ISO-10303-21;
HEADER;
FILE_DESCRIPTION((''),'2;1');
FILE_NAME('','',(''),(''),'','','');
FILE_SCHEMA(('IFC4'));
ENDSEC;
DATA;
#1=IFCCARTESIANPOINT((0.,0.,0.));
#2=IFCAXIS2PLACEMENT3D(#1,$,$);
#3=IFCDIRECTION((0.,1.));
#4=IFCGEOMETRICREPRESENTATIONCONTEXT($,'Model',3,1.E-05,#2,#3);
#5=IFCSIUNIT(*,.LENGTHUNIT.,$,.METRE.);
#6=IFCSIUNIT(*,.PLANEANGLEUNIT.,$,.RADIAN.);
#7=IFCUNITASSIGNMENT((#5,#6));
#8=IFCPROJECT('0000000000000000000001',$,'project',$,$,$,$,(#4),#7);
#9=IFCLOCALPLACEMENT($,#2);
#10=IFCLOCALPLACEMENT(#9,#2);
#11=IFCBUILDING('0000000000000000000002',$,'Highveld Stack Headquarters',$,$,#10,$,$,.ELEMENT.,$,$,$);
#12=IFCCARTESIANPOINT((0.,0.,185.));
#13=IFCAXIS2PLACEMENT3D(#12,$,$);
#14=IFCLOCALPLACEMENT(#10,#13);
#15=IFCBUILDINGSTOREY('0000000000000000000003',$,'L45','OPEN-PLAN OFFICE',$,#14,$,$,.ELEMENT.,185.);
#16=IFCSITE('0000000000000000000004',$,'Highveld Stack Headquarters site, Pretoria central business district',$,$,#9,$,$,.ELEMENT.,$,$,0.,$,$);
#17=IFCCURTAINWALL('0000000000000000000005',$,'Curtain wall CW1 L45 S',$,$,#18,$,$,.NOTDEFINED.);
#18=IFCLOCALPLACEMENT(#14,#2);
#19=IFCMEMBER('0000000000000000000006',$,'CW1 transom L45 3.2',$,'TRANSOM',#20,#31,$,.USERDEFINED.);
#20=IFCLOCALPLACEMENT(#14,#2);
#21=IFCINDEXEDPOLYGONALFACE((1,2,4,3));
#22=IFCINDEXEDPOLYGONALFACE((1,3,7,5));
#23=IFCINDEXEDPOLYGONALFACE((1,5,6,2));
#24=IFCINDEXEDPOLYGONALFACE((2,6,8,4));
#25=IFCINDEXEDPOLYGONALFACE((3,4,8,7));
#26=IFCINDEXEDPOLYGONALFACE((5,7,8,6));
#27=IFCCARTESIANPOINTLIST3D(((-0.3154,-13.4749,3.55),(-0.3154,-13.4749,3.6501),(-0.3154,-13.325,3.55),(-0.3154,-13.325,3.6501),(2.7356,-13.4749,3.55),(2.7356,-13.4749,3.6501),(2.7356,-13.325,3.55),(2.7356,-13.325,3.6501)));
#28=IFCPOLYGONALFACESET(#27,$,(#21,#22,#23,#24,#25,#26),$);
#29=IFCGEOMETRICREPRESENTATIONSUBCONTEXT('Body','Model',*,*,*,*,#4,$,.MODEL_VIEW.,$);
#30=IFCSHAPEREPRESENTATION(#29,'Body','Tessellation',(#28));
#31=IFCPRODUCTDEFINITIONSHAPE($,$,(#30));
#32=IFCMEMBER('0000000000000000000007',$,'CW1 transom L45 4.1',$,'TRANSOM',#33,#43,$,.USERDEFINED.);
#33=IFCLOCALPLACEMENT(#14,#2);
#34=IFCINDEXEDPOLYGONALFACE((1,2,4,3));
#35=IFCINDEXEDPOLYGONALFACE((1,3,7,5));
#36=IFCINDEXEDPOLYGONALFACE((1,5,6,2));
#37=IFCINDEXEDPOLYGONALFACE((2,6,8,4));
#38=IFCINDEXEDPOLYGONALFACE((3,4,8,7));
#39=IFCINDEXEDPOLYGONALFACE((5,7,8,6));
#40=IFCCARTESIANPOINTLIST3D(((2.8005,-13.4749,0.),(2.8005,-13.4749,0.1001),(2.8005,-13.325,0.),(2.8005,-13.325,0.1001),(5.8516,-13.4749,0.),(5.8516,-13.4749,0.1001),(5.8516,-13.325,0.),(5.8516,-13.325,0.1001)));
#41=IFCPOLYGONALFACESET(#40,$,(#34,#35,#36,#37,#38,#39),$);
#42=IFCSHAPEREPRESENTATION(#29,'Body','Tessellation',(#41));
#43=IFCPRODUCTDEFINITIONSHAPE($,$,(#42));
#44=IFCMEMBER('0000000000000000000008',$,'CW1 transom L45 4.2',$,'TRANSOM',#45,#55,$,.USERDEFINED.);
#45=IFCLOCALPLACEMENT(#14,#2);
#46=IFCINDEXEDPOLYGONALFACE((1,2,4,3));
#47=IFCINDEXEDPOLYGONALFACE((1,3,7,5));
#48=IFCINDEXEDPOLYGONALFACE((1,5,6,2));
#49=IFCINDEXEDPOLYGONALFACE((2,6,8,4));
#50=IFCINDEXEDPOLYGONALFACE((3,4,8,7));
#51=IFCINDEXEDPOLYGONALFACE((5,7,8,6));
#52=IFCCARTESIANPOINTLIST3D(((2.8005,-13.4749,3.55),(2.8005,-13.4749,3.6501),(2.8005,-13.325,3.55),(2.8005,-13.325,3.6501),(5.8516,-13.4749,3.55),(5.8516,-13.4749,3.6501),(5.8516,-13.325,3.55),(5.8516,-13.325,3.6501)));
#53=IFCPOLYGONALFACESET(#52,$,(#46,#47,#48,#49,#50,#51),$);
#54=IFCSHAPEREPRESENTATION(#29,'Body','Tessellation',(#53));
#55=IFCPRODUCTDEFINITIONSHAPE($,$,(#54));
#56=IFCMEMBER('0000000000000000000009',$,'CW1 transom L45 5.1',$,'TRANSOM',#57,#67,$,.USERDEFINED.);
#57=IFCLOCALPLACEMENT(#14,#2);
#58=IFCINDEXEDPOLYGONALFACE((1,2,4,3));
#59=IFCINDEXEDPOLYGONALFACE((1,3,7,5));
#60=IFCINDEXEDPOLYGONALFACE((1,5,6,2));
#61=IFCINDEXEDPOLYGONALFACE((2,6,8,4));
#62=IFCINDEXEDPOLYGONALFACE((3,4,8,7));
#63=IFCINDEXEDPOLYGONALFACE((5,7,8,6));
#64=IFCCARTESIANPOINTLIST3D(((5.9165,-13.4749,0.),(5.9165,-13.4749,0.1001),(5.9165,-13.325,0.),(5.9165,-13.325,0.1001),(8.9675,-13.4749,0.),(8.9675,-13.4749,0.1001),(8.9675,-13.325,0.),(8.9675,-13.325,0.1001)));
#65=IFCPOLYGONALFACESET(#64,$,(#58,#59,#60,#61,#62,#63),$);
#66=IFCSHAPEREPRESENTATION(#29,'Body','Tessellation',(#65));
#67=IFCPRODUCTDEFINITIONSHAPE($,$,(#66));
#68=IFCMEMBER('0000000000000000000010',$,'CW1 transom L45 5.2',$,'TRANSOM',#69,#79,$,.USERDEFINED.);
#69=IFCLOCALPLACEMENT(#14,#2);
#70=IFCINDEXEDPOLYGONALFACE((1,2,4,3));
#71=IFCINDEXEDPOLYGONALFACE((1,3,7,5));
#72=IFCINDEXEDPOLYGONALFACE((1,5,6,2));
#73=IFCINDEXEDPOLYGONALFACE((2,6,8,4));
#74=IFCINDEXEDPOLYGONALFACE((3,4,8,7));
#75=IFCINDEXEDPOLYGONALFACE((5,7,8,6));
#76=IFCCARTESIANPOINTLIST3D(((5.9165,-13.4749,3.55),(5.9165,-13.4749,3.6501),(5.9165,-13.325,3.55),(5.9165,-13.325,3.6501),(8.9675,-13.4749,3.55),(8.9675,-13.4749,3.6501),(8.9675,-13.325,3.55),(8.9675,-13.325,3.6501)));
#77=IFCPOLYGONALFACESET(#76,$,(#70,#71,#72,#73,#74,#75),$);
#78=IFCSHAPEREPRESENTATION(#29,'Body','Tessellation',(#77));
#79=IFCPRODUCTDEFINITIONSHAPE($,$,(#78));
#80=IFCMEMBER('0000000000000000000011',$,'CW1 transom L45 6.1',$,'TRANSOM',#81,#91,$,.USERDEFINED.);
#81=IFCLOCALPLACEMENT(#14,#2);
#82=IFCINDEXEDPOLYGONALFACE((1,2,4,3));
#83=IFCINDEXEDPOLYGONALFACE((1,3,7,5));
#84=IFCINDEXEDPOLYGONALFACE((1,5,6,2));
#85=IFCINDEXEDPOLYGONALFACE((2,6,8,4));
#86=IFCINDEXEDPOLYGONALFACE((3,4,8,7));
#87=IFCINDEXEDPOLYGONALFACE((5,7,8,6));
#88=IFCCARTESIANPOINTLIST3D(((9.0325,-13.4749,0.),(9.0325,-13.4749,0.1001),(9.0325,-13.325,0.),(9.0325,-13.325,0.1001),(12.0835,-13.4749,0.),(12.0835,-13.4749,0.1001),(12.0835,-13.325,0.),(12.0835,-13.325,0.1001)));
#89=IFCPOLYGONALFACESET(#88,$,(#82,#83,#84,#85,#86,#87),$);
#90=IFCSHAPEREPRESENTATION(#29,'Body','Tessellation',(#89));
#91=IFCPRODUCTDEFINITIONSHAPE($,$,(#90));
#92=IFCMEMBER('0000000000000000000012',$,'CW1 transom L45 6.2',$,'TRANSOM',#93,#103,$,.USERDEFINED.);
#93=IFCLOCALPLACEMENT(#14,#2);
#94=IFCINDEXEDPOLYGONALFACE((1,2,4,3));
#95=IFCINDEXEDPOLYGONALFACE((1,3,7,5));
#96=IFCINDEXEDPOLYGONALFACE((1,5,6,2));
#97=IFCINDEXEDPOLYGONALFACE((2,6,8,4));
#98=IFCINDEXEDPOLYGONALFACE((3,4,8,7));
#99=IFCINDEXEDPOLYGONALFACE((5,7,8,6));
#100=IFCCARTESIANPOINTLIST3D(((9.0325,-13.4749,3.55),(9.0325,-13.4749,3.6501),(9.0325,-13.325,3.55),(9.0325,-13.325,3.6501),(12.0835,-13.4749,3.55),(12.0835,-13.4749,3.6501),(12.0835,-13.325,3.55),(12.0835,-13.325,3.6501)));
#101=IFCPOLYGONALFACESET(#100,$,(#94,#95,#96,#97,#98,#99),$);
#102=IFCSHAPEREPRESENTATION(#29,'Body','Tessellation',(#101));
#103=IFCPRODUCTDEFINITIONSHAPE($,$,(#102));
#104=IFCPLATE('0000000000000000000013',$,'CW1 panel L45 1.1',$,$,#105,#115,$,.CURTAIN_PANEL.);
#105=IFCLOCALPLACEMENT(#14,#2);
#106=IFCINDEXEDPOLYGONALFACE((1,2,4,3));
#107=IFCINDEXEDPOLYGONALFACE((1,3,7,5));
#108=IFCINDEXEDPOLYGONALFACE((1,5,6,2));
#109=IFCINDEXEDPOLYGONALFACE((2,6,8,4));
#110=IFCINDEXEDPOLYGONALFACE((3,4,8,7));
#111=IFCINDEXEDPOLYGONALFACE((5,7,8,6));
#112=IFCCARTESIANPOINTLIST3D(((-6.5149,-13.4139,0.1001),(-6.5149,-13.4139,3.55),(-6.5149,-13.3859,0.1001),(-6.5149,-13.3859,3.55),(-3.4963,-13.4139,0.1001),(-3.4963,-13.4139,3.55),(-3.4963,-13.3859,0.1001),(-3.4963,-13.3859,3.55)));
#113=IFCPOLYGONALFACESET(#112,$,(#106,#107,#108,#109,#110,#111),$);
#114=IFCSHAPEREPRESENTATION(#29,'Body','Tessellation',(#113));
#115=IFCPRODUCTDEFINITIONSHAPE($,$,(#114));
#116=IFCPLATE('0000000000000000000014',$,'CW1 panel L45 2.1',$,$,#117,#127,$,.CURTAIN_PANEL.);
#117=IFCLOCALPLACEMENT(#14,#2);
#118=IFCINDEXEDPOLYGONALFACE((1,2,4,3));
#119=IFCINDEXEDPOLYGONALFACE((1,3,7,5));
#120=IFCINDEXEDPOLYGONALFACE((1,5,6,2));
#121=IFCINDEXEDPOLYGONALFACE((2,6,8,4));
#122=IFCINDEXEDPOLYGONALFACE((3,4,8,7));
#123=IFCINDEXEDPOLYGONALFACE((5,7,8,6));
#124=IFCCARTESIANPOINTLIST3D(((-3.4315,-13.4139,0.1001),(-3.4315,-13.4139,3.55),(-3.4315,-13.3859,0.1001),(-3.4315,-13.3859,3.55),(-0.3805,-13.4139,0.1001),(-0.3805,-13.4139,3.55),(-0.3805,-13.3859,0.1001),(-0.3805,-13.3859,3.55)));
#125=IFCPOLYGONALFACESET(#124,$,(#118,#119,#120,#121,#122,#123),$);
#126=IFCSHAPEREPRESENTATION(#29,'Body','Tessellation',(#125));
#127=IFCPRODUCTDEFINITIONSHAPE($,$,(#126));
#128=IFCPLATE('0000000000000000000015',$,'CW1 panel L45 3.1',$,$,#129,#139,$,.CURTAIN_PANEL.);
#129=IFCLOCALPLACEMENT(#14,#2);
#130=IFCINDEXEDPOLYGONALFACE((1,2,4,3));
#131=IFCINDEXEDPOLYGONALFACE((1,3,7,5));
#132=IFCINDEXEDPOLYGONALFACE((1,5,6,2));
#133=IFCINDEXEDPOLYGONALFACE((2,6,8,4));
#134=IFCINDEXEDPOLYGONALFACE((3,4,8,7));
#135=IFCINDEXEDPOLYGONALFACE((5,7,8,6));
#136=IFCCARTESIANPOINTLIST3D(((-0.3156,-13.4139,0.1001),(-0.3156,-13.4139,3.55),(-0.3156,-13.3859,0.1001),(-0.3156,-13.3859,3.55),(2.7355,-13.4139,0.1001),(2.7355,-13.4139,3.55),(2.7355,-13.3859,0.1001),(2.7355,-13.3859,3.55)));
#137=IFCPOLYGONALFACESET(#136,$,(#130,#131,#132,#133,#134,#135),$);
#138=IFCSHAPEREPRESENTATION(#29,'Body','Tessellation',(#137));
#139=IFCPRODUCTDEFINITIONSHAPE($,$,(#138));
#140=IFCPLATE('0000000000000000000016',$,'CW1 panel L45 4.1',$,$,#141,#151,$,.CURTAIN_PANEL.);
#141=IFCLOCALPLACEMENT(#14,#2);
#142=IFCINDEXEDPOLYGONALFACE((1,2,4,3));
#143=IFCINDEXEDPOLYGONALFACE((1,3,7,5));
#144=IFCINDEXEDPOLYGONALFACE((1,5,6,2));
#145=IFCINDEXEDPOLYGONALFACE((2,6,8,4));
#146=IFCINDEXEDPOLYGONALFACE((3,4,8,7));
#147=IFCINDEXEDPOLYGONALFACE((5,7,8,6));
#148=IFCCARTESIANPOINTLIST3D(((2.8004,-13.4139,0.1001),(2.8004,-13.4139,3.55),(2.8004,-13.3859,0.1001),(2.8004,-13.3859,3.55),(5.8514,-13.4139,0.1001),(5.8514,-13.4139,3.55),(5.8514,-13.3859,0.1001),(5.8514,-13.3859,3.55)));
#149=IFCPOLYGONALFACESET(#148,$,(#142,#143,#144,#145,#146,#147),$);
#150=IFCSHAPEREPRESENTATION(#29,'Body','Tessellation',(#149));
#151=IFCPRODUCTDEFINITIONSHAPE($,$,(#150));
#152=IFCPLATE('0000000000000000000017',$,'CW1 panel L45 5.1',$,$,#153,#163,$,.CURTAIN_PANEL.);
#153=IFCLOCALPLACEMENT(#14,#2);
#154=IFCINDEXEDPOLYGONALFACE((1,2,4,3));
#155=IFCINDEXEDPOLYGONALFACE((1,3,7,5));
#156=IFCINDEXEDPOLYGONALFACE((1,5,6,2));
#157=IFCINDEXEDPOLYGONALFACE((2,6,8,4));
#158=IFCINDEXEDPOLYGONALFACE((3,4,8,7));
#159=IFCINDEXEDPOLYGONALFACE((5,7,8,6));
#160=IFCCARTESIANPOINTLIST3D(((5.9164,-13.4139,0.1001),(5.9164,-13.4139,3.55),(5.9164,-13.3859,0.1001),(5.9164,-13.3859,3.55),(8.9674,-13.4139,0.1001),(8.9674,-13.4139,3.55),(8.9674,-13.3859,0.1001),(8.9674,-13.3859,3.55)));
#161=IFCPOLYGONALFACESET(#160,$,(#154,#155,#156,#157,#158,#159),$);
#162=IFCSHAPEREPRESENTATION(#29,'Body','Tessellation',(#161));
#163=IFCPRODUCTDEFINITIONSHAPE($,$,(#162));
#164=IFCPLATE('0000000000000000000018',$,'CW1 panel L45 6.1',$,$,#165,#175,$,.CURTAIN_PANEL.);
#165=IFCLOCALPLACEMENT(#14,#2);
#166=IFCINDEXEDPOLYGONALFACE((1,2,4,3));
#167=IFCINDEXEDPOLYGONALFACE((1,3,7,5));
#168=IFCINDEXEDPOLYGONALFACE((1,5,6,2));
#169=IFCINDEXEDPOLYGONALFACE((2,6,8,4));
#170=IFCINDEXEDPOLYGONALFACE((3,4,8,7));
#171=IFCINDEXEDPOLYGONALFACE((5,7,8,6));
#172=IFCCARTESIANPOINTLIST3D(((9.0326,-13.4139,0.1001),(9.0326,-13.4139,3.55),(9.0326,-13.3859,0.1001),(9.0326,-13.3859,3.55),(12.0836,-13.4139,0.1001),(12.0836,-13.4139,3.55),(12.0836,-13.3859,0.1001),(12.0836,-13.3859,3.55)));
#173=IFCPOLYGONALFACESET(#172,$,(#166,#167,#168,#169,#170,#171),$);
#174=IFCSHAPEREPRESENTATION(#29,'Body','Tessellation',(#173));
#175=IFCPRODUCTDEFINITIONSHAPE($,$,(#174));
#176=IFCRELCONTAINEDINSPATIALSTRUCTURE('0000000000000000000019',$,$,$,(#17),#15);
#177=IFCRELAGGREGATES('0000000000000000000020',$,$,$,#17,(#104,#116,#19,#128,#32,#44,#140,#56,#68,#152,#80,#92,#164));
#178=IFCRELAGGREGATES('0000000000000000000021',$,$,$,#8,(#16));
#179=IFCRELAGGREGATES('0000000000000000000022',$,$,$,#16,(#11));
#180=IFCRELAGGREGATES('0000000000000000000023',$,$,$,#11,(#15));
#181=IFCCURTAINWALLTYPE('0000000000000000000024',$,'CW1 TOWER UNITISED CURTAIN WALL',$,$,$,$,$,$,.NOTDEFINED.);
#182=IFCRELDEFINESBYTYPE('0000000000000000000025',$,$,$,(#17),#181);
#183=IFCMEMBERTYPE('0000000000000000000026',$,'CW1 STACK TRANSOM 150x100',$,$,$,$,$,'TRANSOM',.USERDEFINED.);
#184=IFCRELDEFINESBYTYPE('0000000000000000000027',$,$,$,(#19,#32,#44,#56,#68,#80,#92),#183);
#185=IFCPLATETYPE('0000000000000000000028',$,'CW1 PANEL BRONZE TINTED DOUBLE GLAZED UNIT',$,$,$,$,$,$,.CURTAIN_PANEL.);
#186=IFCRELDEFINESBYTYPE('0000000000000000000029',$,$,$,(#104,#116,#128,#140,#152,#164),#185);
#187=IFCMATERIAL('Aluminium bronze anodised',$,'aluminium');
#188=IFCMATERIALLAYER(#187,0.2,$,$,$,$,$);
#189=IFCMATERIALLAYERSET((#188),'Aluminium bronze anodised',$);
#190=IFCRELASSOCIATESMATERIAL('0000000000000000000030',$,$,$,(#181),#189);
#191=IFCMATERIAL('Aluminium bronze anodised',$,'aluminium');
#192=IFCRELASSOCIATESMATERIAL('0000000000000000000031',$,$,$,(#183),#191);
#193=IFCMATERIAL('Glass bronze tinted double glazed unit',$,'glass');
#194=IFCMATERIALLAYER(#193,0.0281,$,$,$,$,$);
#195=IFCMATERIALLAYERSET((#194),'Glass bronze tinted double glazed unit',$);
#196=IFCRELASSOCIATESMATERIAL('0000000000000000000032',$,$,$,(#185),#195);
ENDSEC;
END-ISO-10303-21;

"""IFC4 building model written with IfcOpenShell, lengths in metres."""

from ifc_helpers import new_model, si_unit, direction, frame, origin, origin_2d, place, context, subcontext, project, spatial, rectangle, extrude, material, layer, layer_set, material_profile, profile_set, type_object, element, aggregate, save


model = new_model("IFC4")

# Units and contexts
model_context = context("Model", 3, precision=1e-05, world=origin(), true_north=direction((0.0, 1.0)))
body_context = subcontext(model_context, "Body", "Model", "MODEL_VIEW")
ifc_project = project(units=[si_unit("LENGTHUNIT", "METRE"), si_unit("PLANEANGLEUNIT", "RADIAN")], contexts=[model_context])

# Site, building, storey
site_placement = place(None, origin())
site = spatial("IfcSite", under=ifc_project, at=site_placement, Name="Highveld Stack Headquarters site, Pretoria central business district", CompositionType="ELEMENT", RefElevation=0.0)
building_placement = place(site_placement, origin())
building = spatial("IfcBuilding", under=site, at=building_placement, Name="Highveld Stack Headquarters", CompositionType="ELEMENT")
storey_placement = place(building_placement, frame((0.0, 0.0, 185.0)))
storey = spatial("IfcBuildingStorey", under=building, at=storey_placement, Name="L45", Description="OPEN-PLAN OFFICE", CompositionType="ELEMENT", Elevation=185.0)

# Curtain wall, members, plates
ifc_material_1 = material(Name="Aluminium bronze anodised", Category="aluminium")
ifc_layer_1 = layer(ifc_material_1, 0.2)
ifc_layer_set_1 = layer_set([ifc_layer_1], Name="Aluminium bronze anodised")
curtain_wall_type = type_object("IfcCurtainWallType", Name="CW1 TOWER UNITISED CURTAIN WALL", PredefinedType="NOTDEFINED", material=ifc_layer_set_1)
curtain_wall_placement = place(storey_placement, origin())
curtain_wall = element("IfcCurtainWall", 1, at=curtain_wall_placement, inside=storey, type_object=curtain_wall_type, Name="Curtain wall CW1 L45 S", PredefinedType="NOTDEFINED")
ifc_material_2 = material(Name="Aluminium bronze anodised", Category="aluminium")
ifc_material_profile_1 = material_profile(ifc_material_2, rectangle(XDim=0.1499, YDim=0.1001, at=origin_2d()), Name="CW1 TRANSOM 150x100")
ifc_profile_set_1 = profile_set([ifc_material_profile_1], Name="Aluminium bronze anodised")
member_type_1 = type_object("IfcMemberType", Name="CW1 STACK TRANSOM 150x100", ElementType="TRANSOM", PredefinedType="USERDEFINED", material=ifc_profile_set_1)
member_1_placement = place(storey_placement, frame((-0.3154, -13.3999, 3.6001), z_axis=(1.0, 0.0, 0.0), x_axis=(0.0, 1.0, 0.0)))
member_1 = element("IfcMember", 2, at=member_1_placement, type_object=member_type_1, Name="CW1 transom L45 3.2", ObjectType="TRANSOM", PredefinedType="USERDEFINED", context=body_context, shape_type="SweptSolid", body=[
    extrude(rectangle(XDim=0.1499, YDim=0.1001, at=origin_2d()), origin(), (0.0, 0.0, 1.0), 3.051),
])
member_2_placement = place(storey_placement, frame((2.8005, -13.3999, 0.05), z_axis=(1.0, 0.0, 0.0), x_axis=(0.0, 1.0, 0.0)))
member_2 = element("IfcMember", 3, at=member_2_placement, type_object=member_type_1, Name="CW1 transom L45 4.1", ObjectType="TRANSOM", PredefinedType="USERDEFINED", context=body_context, shape_type="SweptSolid", body=[
    extrude(rectangle(XDim=0.1499, YDim=0.1001, at=origin_2d()), origin(), (0.0, 0.0, 1.0), 3.051),
])
member_3_placement = place(storey_placement, frame((2.8005, -13.3999, 3.6001), z_axis=(1.0, 0.0, 0.0), x_axis=(0.0, 1.0, 0.0)))
member_3 = element("IfcMember", 4, at=member_3_placement, type_object=member_type_1, Name="CW1 transom L45 4.2", ObjectType="TRANSOM", PredefinedType="USERDEFINED", context=body_context, shape_type="SweptSolid", body=[
    extrude(rectangle(XDim=0.1499, YDim=0.1001, at=origin_2d()), origin(), (0.0, 0.0, 1.0), 3.051),
])
member_4_placement = place(storey_placement, frame((5.9165, -13.3999, 0.05), z_axis=(1.0, 0.0, 0.0), x_axis=(0.0, 1.0, 0.0)))
member_4 = element("IfcMember", 5, at=member_4_placement, type_object=member_type_1, Name="CW1 transom L45 5.1", ObjectType="TRANSOM", PredefinedType="USERDEFINED", context=body_context, shape_type="SweptSolid", body=[
    extrude(rectangle(XDim=0.1499, YDim=0.1001, at=origin_2d()), origin(), (0.0, 0.0, 1.0), 3.051),
])
member_5_placement = place(storey_placement, frame((5.9165, -13.3999, 3.6001), z_axis=(1.0, 0.0, 0.0), x_axis=(0.0, 1.0, 0.0)))
member_5 = element("IfcMember", 6, at=member_5_placement, type_object=member_type_1, Name="CW1 transom L45 5.2", ObjectType="TRANSOM", PredefinedType="USERDEFINED", context=body_context, shape_type="SweptSolid", body=[
    extrude(rectangle(XDim=0.1499, YDim=0.1001, at=origin_2d()), origin(), (0.0, 0.0, 1.0), 3.051),
])
member_6_placement = place(storey_placement, frame((9.0325, -13.3999, 0.05), z_axis=(1.0, 0.0, 0.0), x_axis=(0.0, 1.0, 0.0)))
member_6 = element("IfcMember", 7, at=member_6_placement, type_object=member_type_1, Name="CW1 transom L45 6.1", ObjectType="TRANSOM", PredefinedType="USERDEFINED", context=body_context, shape_type="SweptSolid", body=[
    extrude(rectangle(XDim=0.1499, YDim=0.1001, at=origin_2d()), origin(), (0.0, 0.0, 1.0), 3.051),
])
member_7_placement = place(storey_placement, frame((9.0325, -13.3999, 3.6001), z_axis=(1.0, 0.0, 0.0), x_axis=(0.0, 1.0, 0.0)))
member_7 = element("IfcMember", 8, at=member_7_placement, type_object=member_type_1, Name="CW1 transom L45 6.2", ObjectType="TRANSOM", PredefinedType="USERDEFINED", context=body_context, shape_type="SweptSolid", body=[
    extrude(rectangle(XDim=0.1499, YDim=0.1001, at=origin_2d()), origin(), (0.0, 0.0, 1.0), 3.051),
])
ifc_material_3 = material(Name="Glass bronze tinted double glazed unit", Category="glass")
ifc_layer_2 = layer(ifc_material_3, 0.0281)
ifc_layer_set_2 = layer_set([ifc_layer_2], Name="Glass bronze tinted double glazed unit")
plate_type = type_object("IfcPlateType", Name="CW1 PANEL BRONZE TINTED DOUBLE GLAZED UNIT", PredefinedType="CURTAIN_PANEL", material=ifc_layer_set_2)
plate_1_placement = place(storey_placement, frame((-5.0056, -13.3999, 0.1001), z_axis=(0.0, 0.0, 1.0), x_axis=(1.0, 0.0, 0.0)))
plate_1 = element("IfcPlate", 9, at=plate_1_placement, type_object=plate_type, Name="CW1 panel L45 1.1", PredefinedType="CURTAIN_PANEL", context=body_context, shape_type="SweptSolid", body=[
    extrude(rectangle(XDim=3.0186, YDim=0.0281, at=origin_2d()), origin(), (0.0, 0.0, 1.0), 3.45),
])
plate_2_placement = place(storey_placement, frame((-1.906, -13.3999, 0.1001), z_axis=(0.0, 0.0, 1.0), x_axis=(1.0, 0.0, 0.0)))
plate_2 = element("IfcPlate", 10, at=plate_2_placement, type_object=plate_type, Name="CW1 panel L45 2.1", PredefinedType="CURTAIN_PANEL", context=body_context, shape_type="SweptSolid", body=[
    extrude(rectangle(XDim=3.051, YDim=0.0281, at=origin_2d()), origin(), (0.0, 0.0, 1.0), 3.45),
])
plate_3_placement = place(storey_placement, frame((1.21, -13.3999, 0.1001), z_axis=(0.0, 0.0, 1.0), x_axis=(1.0, 0.0, 0.0)))
plate_3 = element("IfcPlate", 11, at=plate_3_placement, type_object=plate_type, Name="CW1 panel L45 3.1", PredefinedType="CURTAIN_PANEL", context=body_context, shape_type="SweptSolid", body=[
    extrude(rectangle(XDim=3.051, YDim=0.0281, at=origin_2d()), origin(), (0.0, 0.0, 1.0), 3.45),
])
plate_4_placement = place(storey_placement, frame((4.3259, -13.3999, 0.1001), z_axis=(0.0, 0.0, 1.0), x_axis=(1.0, 0.0, 0.0)))
plate_4 = element("IfcPlate", 12, at=plate_4_placement, type_object=plate_type, Name="CW1 panel L45 4.1", PredefinedType="CURTAIN_PANEL", context=body_context, shape_type="SweptSolid", body=[
    extrude(rectangle(XDim=3.051, YDim=0.0281, at=origin_2d()), origin(), (0.0, 0.0, 1.0), 3.45),
])
plate_5_placement = place(storey_placement, frame((7.4419, -13.3999, 0.1001), z_axis=(0.0, 0.0, 1.0), x_axis=(1.0, 0.0, 0.0)))
plate_5 = element("IfcPlate", 13, at=plate_5_placement, type_object=plate_type, Name="CW1 panel L45 5.1", PredefinedType="CURTAIN_PANEL", context=body_context, shape_type="SweptSolid", body=[
    extrude(rectangle(XDim=3.051, YDim=0.0281, at=origin_2d()), origin(), (0.0, 0.0, 1.0), 3.45),
])
plate_6_placement = place(storey_placement, frame((10.5581, -13.3999, 0.1001), z_axis=(0.0, 0.0, 1.0), x_axis=(1.0, 0.0, 0.0)))
plate_6 = element("IfcPlate", 14, at=plate_6_placement, type_object=plate_type, Name="CW1 panel L45 6.1", PredefinedType="CURTAIN_PANEL", context=body_context, shape_type="SweptSolid", body=[
    extrude(rectangle(XDim=3.051, YDim=0.0281, at=origin_2d()), origin(), (0.0, 0.0, 1.0), 3.45),
])
aggregate(curtain_wall, [plate_1, plate_2, member_1, plate_3, member_2, member_3, plate_4, member_4, member_5, plate_5, member_6, member_7, plate_6])

save(model, "model.ifc")
